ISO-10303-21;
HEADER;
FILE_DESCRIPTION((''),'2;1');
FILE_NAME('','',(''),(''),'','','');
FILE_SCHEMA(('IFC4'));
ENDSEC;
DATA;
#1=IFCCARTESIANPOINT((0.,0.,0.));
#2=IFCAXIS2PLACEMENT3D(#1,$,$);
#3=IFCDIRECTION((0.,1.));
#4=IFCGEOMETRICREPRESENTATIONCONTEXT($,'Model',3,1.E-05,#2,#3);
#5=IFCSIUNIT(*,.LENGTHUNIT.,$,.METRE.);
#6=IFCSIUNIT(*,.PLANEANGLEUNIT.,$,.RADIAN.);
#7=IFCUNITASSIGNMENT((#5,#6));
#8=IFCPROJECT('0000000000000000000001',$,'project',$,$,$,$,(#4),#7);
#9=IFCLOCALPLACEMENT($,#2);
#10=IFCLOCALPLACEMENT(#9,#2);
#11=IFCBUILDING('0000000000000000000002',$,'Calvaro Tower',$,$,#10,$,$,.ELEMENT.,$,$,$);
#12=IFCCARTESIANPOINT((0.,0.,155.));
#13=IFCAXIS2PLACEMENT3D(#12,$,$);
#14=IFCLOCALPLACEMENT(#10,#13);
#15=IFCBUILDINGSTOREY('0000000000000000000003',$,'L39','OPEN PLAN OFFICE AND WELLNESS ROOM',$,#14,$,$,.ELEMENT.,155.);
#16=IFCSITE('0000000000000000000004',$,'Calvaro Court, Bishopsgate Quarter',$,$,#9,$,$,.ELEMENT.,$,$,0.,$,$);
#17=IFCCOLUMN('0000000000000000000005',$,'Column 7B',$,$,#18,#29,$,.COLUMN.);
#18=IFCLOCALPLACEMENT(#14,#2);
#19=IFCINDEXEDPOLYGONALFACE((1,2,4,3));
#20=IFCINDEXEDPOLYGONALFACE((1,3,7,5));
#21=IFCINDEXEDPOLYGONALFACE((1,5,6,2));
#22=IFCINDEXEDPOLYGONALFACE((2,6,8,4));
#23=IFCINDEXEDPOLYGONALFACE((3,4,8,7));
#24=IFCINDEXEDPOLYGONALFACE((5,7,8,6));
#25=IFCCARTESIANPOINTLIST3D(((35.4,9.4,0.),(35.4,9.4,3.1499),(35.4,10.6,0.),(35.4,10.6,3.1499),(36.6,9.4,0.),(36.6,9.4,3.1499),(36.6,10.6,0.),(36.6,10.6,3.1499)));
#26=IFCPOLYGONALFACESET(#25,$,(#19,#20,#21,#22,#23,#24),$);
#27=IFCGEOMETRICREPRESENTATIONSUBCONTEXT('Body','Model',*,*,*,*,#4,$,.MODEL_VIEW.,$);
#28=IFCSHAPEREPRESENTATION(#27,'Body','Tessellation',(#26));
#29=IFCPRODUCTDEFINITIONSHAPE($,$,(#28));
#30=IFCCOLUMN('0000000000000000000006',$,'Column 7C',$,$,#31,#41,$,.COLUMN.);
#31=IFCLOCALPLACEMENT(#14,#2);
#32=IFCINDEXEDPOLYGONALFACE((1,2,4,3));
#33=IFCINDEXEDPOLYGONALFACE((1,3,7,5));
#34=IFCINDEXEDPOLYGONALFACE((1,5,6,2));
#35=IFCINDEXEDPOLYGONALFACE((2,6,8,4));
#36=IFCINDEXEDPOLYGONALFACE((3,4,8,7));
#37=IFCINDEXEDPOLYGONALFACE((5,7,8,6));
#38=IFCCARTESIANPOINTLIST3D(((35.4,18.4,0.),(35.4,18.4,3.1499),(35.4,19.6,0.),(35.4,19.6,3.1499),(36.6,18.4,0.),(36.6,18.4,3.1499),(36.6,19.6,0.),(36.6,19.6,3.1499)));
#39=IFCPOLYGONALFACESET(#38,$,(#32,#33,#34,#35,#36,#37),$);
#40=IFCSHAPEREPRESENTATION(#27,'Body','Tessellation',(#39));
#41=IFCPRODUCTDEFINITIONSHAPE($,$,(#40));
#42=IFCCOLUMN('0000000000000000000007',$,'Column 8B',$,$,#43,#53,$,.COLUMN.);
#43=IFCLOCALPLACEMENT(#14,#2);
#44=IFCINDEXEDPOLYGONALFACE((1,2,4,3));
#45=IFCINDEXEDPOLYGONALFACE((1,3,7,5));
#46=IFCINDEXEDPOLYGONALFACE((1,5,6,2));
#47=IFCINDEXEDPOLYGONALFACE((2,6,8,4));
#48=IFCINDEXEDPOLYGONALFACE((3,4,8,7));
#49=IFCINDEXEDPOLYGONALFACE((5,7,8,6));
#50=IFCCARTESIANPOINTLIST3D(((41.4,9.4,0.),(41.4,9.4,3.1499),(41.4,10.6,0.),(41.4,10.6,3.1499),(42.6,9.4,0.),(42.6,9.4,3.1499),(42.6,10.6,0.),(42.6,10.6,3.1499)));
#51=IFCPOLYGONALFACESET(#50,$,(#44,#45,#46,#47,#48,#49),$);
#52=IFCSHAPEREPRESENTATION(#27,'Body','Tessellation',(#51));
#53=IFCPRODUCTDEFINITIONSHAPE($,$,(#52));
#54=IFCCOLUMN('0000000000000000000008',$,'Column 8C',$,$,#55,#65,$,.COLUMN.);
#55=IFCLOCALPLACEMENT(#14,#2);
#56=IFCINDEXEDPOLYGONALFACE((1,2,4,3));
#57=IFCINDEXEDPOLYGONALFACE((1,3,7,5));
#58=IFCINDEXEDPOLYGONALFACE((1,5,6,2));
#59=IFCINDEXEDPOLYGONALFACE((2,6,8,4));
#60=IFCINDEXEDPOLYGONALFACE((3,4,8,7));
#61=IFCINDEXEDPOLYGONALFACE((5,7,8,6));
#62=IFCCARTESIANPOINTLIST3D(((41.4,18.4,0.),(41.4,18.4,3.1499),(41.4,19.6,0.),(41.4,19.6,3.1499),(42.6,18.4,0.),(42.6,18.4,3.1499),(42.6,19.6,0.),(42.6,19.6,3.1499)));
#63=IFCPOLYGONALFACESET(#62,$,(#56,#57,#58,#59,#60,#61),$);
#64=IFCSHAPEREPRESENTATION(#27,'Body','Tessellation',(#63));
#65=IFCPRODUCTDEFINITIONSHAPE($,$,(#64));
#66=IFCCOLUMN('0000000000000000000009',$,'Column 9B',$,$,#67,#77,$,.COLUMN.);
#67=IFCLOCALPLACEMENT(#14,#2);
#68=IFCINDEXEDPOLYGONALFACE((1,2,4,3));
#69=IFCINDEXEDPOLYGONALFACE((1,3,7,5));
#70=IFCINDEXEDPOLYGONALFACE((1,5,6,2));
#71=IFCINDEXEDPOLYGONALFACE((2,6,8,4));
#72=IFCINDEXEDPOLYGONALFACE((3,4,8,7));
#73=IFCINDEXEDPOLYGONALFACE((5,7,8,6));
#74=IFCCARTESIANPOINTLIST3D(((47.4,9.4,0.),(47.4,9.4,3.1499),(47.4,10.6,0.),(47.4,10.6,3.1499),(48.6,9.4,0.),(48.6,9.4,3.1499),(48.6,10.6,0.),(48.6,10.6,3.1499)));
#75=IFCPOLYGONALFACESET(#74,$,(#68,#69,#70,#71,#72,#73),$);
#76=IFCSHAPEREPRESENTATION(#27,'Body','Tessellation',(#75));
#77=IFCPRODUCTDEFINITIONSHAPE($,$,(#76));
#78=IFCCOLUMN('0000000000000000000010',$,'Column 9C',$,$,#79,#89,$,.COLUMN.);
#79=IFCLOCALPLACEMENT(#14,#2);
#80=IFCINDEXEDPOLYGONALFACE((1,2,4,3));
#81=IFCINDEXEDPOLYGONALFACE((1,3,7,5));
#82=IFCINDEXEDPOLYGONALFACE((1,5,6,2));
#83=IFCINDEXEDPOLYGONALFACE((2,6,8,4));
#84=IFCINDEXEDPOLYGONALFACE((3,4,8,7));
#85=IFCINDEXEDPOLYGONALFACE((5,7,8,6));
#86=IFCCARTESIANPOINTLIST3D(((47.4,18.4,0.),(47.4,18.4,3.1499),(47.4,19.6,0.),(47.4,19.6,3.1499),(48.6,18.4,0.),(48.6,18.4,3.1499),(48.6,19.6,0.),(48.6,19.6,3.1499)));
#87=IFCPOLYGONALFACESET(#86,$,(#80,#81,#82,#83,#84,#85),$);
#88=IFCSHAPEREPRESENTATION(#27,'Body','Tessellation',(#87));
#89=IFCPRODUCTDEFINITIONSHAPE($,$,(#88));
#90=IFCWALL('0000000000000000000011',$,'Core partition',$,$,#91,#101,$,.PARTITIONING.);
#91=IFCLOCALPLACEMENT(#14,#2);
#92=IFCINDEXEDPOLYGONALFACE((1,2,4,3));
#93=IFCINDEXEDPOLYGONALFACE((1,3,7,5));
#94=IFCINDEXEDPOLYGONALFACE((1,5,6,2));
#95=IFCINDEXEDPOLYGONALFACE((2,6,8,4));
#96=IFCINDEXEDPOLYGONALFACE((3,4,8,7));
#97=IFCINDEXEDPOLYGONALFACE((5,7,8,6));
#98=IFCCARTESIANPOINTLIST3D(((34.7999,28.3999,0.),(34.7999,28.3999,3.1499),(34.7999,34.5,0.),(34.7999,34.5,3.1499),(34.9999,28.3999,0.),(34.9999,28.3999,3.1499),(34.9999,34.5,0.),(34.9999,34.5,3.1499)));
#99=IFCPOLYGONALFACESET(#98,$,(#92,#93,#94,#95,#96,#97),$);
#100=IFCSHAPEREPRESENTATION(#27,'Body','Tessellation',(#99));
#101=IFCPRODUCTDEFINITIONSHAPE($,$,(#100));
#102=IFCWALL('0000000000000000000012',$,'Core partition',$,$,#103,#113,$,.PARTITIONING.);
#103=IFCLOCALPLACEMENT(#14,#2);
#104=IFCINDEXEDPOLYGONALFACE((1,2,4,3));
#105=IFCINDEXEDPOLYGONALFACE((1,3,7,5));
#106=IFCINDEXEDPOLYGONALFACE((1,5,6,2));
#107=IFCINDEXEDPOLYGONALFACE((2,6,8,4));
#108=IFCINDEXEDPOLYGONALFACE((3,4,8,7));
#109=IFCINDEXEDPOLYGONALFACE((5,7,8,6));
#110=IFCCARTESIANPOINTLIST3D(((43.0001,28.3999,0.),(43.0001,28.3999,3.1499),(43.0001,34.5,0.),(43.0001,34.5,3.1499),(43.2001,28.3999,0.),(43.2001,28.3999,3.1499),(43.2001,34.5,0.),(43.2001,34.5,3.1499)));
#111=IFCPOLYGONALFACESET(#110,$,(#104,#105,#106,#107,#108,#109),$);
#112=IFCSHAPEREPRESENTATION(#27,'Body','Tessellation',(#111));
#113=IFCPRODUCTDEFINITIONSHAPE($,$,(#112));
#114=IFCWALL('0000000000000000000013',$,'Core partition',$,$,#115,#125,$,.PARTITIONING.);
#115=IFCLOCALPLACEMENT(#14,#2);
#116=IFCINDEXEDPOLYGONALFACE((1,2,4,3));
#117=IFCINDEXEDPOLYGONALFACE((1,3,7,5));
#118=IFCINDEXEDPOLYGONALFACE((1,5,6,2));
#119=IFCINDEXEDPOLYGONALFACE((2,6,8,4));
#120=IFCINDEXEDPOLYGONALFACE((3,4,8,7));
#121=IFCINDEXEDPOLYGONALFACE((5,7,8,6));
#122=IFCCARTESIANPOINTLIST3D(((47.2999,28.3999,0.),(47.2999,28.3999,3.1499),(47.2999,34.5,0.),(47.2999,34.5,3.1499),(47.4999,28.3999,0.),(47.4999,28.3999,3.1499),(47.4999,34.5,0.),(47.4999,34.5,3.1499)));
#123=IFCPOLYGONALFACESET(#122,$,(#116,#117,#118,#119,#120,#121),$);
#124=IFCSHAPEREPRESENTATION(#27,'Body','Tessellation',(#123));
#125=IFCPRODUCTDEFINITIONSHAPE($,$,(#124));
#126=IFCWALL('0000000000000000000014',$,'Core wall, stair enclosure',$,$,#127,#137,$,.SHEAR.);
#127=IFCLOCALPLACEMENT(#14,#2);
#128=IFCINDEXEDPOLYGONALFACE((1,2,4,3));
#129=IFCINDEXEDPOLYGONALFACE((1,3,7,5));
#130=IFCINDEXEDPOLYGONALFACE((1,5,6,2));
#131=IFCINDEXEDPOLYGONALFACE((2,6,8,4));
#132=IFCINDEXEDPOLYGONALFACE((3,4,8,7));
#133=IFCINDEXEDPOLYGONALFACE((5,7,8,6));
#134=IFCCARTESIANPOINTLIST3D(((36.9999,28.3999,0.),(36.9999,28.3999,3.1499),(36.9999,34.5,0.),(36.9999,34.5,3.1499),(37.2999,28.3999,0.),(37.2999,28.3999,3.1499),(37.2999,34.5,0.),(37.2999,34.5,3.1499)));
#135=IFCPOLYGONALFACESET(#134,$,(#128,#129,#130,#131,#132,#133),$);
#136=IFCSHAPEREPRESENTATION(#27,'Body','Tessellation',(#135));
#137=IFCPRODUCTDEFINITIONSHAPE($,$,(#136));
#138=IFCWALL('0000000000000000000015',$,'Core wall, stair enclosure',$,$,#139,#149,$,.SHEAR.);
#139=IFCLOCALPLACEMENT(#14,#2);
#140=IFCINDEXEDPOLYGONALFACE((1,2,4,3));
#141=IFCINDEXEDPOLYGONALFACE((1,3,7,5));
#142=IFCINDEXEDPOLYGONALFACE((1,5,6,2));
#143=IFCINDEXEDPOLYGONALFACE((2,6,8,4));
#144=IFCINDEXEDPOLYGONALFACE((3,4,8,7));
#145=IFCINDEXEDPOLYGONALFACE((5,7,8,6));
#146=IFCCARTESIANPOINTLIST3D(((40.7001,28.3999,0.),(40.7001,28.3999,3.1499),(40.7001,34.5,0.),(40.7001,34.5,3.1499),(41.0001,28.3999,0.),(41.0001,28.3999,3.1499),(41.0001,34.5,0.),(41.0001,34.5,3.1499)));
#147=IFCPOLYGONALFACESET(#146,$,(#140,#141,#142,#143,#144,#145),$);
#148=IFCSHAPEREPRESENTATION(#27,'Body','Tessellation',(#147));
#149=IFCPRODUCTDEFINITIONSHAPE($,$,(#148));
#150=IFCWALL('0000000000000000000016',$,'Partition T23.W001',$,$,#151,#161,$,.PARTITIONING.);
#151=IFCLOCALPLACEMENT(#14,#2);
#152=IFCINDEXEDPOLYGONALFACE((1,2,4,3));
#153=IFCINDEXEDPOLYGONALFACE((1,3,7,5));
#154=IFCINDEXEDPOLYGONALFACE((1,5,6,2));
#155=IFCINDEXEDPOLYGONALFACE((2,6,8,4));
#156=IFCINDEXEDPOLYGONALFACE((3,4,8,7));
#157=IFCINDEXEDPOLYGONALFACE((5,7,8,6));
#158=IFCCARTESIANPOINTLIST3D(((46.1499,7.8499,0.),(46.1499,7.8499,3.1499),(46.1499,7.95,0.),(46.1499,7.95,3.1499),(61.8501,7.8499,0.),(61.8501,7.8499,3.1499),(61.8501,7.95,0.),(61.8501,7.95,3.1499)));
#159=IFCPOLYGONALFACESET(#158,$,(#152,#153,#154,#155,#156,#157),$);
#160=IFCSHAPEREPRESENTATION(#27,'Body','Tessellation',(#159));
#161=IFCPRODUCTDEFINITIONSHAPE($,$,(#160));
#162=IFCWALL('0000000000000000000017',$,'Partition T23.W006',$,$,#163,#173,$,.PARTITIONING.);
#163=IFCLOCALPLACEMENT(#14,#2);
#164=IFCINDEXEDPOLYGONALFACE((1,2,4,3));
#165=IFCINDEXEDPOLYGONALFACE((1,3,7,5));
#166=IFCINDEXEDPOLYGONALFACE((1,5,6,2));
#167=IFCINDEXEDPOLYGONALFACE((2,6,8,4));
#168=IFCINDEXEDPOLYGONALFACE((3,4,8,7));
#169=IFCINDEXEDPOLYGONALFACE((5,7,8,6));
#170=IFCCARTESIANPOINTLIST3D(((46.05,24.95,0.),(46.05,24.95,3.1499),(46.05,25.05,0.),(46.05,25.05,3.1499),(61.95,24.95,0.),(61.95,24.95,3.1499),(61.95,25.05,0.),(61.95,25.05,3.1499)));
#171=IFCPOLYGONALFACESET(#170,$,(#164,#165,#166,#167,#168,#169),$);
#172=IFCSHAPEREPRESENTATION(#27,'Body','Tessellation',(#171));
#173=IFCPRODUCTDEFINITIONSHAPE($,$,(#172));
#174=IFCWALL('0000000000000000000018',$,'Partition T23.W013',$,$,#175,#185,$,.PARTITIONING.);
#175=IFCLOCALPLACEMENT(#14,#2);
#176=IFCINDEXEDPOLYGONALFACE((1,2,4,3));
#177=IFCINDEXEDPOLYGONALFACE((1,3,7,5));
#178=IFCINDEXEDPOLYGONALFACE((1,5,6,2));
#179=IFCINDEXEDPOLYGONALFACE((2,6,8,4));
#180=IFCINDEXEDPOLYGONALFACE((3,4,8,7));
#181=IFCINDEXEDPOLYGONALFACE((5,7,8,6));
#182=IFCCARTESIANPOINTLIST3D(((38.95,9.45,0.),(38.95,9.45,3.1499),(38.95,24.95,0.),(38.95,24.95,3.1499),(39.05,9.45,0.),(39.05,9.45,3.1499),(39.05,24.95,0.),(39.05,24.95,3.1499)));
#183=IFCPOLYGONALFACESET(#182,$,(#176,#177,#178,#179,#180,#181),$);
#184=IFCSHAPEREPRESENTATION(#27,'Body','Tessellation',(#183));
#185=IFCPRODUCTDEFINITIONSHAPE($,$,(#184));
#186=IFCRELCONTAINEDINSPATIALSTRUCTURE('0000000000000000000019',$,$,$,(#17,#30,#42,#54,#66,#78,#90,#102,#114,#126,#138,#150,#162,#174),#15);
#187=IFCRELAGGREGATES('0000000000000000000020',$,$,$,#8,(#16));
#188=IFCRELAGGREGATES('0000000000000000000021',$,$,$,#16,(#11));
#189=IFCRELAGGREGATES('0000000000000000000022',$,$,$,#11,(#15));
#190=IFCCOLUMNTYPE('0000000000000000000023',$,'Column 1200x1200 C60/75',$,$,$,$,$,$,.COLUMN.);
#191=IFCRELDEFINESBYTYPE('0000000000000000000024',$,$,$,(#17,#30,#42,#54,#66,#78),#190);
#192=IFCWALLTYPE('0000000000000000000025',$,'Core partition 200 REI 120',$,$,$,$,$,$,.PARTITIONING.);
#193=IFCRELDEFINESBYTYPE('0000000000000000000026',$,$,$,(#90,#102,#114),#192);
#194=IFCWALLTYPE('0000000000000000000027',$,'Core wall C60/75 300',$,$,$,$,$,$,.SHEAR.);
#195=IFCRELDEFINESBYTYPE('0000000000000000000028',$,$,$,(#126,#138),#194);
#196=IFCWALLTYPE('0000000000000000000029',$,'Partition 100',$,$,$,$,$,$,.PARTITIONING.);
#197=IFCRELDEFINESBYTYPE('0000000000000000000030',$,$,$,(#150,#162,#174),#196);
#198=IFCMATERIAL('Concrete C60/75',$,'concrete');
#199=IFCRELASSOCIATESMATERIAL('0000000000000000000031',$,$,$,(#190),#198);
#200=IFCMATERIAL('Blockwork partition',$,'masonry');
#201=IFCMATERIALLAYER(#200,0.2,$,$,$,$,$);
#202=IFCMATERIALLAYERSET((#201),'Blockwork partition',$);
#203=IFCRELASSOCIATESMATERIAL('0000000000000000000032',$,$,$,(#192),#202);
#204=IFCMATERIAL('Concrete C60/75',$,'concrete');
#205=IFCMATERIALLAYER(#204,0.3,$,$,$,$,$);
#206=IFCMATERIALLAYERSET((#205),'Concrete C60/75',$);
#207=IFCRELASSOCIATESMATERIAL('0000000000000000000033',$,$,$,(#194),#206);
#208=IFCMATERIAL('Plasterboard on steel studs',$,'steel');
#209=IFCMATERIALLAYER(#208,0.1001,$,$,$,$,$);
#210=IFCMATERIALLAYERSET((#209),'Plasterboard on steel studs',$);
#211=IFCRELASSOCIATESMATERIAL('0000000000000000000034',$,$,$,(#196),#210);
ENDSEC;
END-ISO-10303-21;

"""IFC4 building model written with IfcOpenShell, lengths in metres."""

from ifc_helpers import new_model, si_unit, direction, frame, frame_2d, origin, origin_2d, place, context, subcontext, project, spatial, rectangle, extrude, material, layer, layer_set, material_profile, profile_set, type_object, element, save


model = new_model("IFC4")

# Units and contexts
model_context = context("Model", 3, precision=1e-05, world=origin(), true_north=direction((0.0, 1.0)))
body_context = subcontext(model_context, "Body", "Model", "MODEL_VIEW")
ifc_project = project(units=[si_unit("LENGTHUNIT", "METRE"), si_unit("PLANEANGLEUNIT", "RADIAN")], contexts=[model_context])

# Site, building, storey
site_placement = place(None, origin())
site = spatial("IfcSite", under=ifc_project, at=site_placement, Name="Calvaro Court, Bishopsgate Quarter", CompositionType="ELEMENT", RefElevation=0.0)
building_placement = place(site_placement, origin())
building = spatial("IfcBuilding", under=site, at=building_placement, Name="Calvaro Tower", CompositionType="ELEMENT")
storey_placement = place(building_placement, frame((0.0, 0.0, 155.0)))
storey = spatial("IfcBuildingStorey", under=building, at=storey_placement, Name="L39", Description="OPEN PLAN OFFICE AND WELLNESS ROOM", CompositionType="ELEMENT", Elevation=155.0)

# Columns
ifc_material_1 = material(Name="Concrete C60/75", Category="concrete")
ifc_material_profile = material_profile(ifc_material_1, rectangle(XDim=1.2, YDim=1.2, at=origin_2d()), Name="RC 1200x1200")
ifc_profile_set = profile_set([ifc_material_profile], Name="Concrete C60/75")
column_type = type_object("IfcColumnType", Name="Column 1200x1200 C60/75", PredefinedType="COLUMN", material=ifc_profile_set)
for number, where, z_axis, x_axis, name in (
    (1, (36.0, 10.0, 0.0), (0.0, 0.0, 1.0), (1.0, 0.0, 0.0), "Column 7B"),
    (2, (36.0, 19.0, 0.0), (0.0, 0.0, 1.0), (1.0, 0.0, 0.0), "Column 7C"),
    (3, (42.0, 10.0, 0.0), (0.0, 0.0, 1.0), (1.0, 0.0, 0.0), "Column 8B"),
    (4, (42.0, 19.0, 0.0), (0.0, 0.0, 1.0), (1.0, 0.0, 0.0), "Column 8C"),
    (5, (48.0, 10.0, 0.0), (0.0, 0.0, 1.0), (1.0, 0.0, 0.0), "Column 9B"),
    (6, (48.0, 19.0, 0.0), (0.0, 0.0, 1.0), (1.0, 0.0, 0.0), "Column 9C"),
):
    element("IfcColumn", number, at=place(storey_placement, frame(where, z_axis=z_axis, x_axis=x_axis)), inside=storey, type_object=column_type, Name=name, PredefinedType="COLUMN", context=body_context, shape_type="SweptSolid", body=[
        extrude(rectangle(XDim=1.2, YDim=1.2, at=origin_2d()), origin(), (0.0, 0.0, 1.0), 3.1499),
    ])

# Walls
ifc_material_2 = material(Name="Blockwork partition", Category="masonry")
ifc_layer_1 = layer(ifc_material_2, 0.2)
ifc_layer_set_1 = layer_set([ifc_layer_1], Name="Blockwork partition")
wall_type_1 = type_object("IfcWallType", Name="Core partition 200 REI 120", PredefinedType="PARTITIONING", material=ifc_layer_set_1)
for number, where, z_axis, x_axis, name in (
    (7, (34.8999, 28.3999, 0.0), (0.0, 0.0, 1.0), (0.0, 1.0, 0.0), "Core partition"),
    (8, (43.1001, 28.3999, 0.0), (0.0, 0.0, 1.0), (0.0, 1.0, 0.0), "Core partition"),
    (9, (47.3999, 28.3999, 0.0), (0.0, 0.0, 1.0), (0.0, 1.0, 0.0), "Core partition"),
):
    element("IfcWall", number, at=place(storey_placement, frame(where, z_axis=z_axis, x_axis=x_axis)), inside=storey, type_object=wall_type_1, Name=name, PredefinedType="PARTITIONING", context=body_context, shape_type="SweptSolid", body=[
        extrude(rectangle(XDim=6.1001, YDim=0.2, at=frame_2d((3.05, 0.0))), origin(), (0.0, 0.0, 1.0), 3.1499),
    ])
ifc_material_3 = material(Name="Concrete C60/75", Category="concrete")
ifc_layer_2 = layer(ifc_material_3, 0.3)
ifc_layer_set_2 = layer_set([ifc_layer_2], Name="Concrete C60/75")
wall_type_2 = type_object("IfcWallType", Name="Core wall C60/75 300", PredefinedType="SHEAR", material=ifc_layer_set_2)
for number, where, z_axis, x_axis, name in (
    (10, (37.1499, 28.3999, 0.0), (0.0, 0.0, 1.0), (0.0, 1.0, 0.0), "Core wall, stair enclosure"),
    (11, (40.8501, 28.3999, 0.0), (0.0, 0.0, 1.0), (0.0, 1.0, 0.0), "Core wall, stair enclosure"),
):
    element("IfcWall", number, at=place(storey_placement, frame(where, z_axis=z_axis, x_axis=x_axis)), inside=storey, type_object=wall_type_2, Name=name, PredefinedType="SHEAR", context=body_context, shape_type="SweptSolid", body=[
        extrude(rectangle(XDim=6.1001, YDim=0.3, at=frame_2d((3.05, 0.0))), origin(), (0.0, 0.0, 1.0), 3.1499),
    ])
ifc_material_4 = material(Name="Plasterboard on steel studs", Category="steel")
ifc_layer_3 = layer(ifc_material_4, 0.1001)
ifc_layer_set_3 = layer_set([ifc_layer_3], Name="Plasterboard on steel studs")
wall_type_3 = type_object("IfcWallType", Name="Partition 100", PredefinedType="PARTITIONING", material=ifc_layer_set_3)
wall_1_placement = place(storey_placement, frame((46.1499, 7.8999, 0.0), z_axis=(0.0, 0.0, 1.0), x_axis=(1.0, 0.0, 0.0)))
element("IfcWall", 12, at=wall_1_placement, inside=storey, type_object=wall_type_3, Name="Partition T23.W001", PredefinedType="PARTITIONING", context=body_context, shape_type="SweptSolid", body=[
    extrude(rectangle(XDim=15.7002, YDim=0.1001, at=frame_2d((7.8501, 0.0))), origin(), (0.0, 0.0, 1.0), 3.1499),
])
wall_2_placement = place(storey_placement, frame((46.05, 25.0, 0.0), z_axis=(0.0, 0.0, 1.0), x_axis=(1.0, 0.0, 0.0)))
element("IfcWall", 13, at=wall_2_placement, inside=storey, type_object=wall_type_3, Name="Partition T23.W006", PredefinedType="PARTITIONING", context=body_context, shape_type="SweptSolid", body=[
    extrude(rectangle(XDim=15.8999, YDim=0.1001, at=frame_2d((7.95, 0.0))), origin(), (0.0, 0.0, 1.0), 3.1499),
])
wall_3_placement = place(storey_placement, frame((39.0, 9.45, 0.0), z_axis=(0.0, 0.0, 1.0), x_axis=(0.0, 1.0, 0.0)))
element("IfcWall", 14, at=wall_3_placement, inside=storey, type_object=wall_type_3, Name="Partition T23.W013", PredefinedType="PARTITIONING", context=body_context, shape_type="SweptSolid", body=[
    extrude(rectangle(XDim=15.5, YDim=0.1001, at=frame_2d((7.75, 0.0))), origin(), (0.0, 0.0, 1.0), 3.1499),
])

save(model, "model.ifc")
